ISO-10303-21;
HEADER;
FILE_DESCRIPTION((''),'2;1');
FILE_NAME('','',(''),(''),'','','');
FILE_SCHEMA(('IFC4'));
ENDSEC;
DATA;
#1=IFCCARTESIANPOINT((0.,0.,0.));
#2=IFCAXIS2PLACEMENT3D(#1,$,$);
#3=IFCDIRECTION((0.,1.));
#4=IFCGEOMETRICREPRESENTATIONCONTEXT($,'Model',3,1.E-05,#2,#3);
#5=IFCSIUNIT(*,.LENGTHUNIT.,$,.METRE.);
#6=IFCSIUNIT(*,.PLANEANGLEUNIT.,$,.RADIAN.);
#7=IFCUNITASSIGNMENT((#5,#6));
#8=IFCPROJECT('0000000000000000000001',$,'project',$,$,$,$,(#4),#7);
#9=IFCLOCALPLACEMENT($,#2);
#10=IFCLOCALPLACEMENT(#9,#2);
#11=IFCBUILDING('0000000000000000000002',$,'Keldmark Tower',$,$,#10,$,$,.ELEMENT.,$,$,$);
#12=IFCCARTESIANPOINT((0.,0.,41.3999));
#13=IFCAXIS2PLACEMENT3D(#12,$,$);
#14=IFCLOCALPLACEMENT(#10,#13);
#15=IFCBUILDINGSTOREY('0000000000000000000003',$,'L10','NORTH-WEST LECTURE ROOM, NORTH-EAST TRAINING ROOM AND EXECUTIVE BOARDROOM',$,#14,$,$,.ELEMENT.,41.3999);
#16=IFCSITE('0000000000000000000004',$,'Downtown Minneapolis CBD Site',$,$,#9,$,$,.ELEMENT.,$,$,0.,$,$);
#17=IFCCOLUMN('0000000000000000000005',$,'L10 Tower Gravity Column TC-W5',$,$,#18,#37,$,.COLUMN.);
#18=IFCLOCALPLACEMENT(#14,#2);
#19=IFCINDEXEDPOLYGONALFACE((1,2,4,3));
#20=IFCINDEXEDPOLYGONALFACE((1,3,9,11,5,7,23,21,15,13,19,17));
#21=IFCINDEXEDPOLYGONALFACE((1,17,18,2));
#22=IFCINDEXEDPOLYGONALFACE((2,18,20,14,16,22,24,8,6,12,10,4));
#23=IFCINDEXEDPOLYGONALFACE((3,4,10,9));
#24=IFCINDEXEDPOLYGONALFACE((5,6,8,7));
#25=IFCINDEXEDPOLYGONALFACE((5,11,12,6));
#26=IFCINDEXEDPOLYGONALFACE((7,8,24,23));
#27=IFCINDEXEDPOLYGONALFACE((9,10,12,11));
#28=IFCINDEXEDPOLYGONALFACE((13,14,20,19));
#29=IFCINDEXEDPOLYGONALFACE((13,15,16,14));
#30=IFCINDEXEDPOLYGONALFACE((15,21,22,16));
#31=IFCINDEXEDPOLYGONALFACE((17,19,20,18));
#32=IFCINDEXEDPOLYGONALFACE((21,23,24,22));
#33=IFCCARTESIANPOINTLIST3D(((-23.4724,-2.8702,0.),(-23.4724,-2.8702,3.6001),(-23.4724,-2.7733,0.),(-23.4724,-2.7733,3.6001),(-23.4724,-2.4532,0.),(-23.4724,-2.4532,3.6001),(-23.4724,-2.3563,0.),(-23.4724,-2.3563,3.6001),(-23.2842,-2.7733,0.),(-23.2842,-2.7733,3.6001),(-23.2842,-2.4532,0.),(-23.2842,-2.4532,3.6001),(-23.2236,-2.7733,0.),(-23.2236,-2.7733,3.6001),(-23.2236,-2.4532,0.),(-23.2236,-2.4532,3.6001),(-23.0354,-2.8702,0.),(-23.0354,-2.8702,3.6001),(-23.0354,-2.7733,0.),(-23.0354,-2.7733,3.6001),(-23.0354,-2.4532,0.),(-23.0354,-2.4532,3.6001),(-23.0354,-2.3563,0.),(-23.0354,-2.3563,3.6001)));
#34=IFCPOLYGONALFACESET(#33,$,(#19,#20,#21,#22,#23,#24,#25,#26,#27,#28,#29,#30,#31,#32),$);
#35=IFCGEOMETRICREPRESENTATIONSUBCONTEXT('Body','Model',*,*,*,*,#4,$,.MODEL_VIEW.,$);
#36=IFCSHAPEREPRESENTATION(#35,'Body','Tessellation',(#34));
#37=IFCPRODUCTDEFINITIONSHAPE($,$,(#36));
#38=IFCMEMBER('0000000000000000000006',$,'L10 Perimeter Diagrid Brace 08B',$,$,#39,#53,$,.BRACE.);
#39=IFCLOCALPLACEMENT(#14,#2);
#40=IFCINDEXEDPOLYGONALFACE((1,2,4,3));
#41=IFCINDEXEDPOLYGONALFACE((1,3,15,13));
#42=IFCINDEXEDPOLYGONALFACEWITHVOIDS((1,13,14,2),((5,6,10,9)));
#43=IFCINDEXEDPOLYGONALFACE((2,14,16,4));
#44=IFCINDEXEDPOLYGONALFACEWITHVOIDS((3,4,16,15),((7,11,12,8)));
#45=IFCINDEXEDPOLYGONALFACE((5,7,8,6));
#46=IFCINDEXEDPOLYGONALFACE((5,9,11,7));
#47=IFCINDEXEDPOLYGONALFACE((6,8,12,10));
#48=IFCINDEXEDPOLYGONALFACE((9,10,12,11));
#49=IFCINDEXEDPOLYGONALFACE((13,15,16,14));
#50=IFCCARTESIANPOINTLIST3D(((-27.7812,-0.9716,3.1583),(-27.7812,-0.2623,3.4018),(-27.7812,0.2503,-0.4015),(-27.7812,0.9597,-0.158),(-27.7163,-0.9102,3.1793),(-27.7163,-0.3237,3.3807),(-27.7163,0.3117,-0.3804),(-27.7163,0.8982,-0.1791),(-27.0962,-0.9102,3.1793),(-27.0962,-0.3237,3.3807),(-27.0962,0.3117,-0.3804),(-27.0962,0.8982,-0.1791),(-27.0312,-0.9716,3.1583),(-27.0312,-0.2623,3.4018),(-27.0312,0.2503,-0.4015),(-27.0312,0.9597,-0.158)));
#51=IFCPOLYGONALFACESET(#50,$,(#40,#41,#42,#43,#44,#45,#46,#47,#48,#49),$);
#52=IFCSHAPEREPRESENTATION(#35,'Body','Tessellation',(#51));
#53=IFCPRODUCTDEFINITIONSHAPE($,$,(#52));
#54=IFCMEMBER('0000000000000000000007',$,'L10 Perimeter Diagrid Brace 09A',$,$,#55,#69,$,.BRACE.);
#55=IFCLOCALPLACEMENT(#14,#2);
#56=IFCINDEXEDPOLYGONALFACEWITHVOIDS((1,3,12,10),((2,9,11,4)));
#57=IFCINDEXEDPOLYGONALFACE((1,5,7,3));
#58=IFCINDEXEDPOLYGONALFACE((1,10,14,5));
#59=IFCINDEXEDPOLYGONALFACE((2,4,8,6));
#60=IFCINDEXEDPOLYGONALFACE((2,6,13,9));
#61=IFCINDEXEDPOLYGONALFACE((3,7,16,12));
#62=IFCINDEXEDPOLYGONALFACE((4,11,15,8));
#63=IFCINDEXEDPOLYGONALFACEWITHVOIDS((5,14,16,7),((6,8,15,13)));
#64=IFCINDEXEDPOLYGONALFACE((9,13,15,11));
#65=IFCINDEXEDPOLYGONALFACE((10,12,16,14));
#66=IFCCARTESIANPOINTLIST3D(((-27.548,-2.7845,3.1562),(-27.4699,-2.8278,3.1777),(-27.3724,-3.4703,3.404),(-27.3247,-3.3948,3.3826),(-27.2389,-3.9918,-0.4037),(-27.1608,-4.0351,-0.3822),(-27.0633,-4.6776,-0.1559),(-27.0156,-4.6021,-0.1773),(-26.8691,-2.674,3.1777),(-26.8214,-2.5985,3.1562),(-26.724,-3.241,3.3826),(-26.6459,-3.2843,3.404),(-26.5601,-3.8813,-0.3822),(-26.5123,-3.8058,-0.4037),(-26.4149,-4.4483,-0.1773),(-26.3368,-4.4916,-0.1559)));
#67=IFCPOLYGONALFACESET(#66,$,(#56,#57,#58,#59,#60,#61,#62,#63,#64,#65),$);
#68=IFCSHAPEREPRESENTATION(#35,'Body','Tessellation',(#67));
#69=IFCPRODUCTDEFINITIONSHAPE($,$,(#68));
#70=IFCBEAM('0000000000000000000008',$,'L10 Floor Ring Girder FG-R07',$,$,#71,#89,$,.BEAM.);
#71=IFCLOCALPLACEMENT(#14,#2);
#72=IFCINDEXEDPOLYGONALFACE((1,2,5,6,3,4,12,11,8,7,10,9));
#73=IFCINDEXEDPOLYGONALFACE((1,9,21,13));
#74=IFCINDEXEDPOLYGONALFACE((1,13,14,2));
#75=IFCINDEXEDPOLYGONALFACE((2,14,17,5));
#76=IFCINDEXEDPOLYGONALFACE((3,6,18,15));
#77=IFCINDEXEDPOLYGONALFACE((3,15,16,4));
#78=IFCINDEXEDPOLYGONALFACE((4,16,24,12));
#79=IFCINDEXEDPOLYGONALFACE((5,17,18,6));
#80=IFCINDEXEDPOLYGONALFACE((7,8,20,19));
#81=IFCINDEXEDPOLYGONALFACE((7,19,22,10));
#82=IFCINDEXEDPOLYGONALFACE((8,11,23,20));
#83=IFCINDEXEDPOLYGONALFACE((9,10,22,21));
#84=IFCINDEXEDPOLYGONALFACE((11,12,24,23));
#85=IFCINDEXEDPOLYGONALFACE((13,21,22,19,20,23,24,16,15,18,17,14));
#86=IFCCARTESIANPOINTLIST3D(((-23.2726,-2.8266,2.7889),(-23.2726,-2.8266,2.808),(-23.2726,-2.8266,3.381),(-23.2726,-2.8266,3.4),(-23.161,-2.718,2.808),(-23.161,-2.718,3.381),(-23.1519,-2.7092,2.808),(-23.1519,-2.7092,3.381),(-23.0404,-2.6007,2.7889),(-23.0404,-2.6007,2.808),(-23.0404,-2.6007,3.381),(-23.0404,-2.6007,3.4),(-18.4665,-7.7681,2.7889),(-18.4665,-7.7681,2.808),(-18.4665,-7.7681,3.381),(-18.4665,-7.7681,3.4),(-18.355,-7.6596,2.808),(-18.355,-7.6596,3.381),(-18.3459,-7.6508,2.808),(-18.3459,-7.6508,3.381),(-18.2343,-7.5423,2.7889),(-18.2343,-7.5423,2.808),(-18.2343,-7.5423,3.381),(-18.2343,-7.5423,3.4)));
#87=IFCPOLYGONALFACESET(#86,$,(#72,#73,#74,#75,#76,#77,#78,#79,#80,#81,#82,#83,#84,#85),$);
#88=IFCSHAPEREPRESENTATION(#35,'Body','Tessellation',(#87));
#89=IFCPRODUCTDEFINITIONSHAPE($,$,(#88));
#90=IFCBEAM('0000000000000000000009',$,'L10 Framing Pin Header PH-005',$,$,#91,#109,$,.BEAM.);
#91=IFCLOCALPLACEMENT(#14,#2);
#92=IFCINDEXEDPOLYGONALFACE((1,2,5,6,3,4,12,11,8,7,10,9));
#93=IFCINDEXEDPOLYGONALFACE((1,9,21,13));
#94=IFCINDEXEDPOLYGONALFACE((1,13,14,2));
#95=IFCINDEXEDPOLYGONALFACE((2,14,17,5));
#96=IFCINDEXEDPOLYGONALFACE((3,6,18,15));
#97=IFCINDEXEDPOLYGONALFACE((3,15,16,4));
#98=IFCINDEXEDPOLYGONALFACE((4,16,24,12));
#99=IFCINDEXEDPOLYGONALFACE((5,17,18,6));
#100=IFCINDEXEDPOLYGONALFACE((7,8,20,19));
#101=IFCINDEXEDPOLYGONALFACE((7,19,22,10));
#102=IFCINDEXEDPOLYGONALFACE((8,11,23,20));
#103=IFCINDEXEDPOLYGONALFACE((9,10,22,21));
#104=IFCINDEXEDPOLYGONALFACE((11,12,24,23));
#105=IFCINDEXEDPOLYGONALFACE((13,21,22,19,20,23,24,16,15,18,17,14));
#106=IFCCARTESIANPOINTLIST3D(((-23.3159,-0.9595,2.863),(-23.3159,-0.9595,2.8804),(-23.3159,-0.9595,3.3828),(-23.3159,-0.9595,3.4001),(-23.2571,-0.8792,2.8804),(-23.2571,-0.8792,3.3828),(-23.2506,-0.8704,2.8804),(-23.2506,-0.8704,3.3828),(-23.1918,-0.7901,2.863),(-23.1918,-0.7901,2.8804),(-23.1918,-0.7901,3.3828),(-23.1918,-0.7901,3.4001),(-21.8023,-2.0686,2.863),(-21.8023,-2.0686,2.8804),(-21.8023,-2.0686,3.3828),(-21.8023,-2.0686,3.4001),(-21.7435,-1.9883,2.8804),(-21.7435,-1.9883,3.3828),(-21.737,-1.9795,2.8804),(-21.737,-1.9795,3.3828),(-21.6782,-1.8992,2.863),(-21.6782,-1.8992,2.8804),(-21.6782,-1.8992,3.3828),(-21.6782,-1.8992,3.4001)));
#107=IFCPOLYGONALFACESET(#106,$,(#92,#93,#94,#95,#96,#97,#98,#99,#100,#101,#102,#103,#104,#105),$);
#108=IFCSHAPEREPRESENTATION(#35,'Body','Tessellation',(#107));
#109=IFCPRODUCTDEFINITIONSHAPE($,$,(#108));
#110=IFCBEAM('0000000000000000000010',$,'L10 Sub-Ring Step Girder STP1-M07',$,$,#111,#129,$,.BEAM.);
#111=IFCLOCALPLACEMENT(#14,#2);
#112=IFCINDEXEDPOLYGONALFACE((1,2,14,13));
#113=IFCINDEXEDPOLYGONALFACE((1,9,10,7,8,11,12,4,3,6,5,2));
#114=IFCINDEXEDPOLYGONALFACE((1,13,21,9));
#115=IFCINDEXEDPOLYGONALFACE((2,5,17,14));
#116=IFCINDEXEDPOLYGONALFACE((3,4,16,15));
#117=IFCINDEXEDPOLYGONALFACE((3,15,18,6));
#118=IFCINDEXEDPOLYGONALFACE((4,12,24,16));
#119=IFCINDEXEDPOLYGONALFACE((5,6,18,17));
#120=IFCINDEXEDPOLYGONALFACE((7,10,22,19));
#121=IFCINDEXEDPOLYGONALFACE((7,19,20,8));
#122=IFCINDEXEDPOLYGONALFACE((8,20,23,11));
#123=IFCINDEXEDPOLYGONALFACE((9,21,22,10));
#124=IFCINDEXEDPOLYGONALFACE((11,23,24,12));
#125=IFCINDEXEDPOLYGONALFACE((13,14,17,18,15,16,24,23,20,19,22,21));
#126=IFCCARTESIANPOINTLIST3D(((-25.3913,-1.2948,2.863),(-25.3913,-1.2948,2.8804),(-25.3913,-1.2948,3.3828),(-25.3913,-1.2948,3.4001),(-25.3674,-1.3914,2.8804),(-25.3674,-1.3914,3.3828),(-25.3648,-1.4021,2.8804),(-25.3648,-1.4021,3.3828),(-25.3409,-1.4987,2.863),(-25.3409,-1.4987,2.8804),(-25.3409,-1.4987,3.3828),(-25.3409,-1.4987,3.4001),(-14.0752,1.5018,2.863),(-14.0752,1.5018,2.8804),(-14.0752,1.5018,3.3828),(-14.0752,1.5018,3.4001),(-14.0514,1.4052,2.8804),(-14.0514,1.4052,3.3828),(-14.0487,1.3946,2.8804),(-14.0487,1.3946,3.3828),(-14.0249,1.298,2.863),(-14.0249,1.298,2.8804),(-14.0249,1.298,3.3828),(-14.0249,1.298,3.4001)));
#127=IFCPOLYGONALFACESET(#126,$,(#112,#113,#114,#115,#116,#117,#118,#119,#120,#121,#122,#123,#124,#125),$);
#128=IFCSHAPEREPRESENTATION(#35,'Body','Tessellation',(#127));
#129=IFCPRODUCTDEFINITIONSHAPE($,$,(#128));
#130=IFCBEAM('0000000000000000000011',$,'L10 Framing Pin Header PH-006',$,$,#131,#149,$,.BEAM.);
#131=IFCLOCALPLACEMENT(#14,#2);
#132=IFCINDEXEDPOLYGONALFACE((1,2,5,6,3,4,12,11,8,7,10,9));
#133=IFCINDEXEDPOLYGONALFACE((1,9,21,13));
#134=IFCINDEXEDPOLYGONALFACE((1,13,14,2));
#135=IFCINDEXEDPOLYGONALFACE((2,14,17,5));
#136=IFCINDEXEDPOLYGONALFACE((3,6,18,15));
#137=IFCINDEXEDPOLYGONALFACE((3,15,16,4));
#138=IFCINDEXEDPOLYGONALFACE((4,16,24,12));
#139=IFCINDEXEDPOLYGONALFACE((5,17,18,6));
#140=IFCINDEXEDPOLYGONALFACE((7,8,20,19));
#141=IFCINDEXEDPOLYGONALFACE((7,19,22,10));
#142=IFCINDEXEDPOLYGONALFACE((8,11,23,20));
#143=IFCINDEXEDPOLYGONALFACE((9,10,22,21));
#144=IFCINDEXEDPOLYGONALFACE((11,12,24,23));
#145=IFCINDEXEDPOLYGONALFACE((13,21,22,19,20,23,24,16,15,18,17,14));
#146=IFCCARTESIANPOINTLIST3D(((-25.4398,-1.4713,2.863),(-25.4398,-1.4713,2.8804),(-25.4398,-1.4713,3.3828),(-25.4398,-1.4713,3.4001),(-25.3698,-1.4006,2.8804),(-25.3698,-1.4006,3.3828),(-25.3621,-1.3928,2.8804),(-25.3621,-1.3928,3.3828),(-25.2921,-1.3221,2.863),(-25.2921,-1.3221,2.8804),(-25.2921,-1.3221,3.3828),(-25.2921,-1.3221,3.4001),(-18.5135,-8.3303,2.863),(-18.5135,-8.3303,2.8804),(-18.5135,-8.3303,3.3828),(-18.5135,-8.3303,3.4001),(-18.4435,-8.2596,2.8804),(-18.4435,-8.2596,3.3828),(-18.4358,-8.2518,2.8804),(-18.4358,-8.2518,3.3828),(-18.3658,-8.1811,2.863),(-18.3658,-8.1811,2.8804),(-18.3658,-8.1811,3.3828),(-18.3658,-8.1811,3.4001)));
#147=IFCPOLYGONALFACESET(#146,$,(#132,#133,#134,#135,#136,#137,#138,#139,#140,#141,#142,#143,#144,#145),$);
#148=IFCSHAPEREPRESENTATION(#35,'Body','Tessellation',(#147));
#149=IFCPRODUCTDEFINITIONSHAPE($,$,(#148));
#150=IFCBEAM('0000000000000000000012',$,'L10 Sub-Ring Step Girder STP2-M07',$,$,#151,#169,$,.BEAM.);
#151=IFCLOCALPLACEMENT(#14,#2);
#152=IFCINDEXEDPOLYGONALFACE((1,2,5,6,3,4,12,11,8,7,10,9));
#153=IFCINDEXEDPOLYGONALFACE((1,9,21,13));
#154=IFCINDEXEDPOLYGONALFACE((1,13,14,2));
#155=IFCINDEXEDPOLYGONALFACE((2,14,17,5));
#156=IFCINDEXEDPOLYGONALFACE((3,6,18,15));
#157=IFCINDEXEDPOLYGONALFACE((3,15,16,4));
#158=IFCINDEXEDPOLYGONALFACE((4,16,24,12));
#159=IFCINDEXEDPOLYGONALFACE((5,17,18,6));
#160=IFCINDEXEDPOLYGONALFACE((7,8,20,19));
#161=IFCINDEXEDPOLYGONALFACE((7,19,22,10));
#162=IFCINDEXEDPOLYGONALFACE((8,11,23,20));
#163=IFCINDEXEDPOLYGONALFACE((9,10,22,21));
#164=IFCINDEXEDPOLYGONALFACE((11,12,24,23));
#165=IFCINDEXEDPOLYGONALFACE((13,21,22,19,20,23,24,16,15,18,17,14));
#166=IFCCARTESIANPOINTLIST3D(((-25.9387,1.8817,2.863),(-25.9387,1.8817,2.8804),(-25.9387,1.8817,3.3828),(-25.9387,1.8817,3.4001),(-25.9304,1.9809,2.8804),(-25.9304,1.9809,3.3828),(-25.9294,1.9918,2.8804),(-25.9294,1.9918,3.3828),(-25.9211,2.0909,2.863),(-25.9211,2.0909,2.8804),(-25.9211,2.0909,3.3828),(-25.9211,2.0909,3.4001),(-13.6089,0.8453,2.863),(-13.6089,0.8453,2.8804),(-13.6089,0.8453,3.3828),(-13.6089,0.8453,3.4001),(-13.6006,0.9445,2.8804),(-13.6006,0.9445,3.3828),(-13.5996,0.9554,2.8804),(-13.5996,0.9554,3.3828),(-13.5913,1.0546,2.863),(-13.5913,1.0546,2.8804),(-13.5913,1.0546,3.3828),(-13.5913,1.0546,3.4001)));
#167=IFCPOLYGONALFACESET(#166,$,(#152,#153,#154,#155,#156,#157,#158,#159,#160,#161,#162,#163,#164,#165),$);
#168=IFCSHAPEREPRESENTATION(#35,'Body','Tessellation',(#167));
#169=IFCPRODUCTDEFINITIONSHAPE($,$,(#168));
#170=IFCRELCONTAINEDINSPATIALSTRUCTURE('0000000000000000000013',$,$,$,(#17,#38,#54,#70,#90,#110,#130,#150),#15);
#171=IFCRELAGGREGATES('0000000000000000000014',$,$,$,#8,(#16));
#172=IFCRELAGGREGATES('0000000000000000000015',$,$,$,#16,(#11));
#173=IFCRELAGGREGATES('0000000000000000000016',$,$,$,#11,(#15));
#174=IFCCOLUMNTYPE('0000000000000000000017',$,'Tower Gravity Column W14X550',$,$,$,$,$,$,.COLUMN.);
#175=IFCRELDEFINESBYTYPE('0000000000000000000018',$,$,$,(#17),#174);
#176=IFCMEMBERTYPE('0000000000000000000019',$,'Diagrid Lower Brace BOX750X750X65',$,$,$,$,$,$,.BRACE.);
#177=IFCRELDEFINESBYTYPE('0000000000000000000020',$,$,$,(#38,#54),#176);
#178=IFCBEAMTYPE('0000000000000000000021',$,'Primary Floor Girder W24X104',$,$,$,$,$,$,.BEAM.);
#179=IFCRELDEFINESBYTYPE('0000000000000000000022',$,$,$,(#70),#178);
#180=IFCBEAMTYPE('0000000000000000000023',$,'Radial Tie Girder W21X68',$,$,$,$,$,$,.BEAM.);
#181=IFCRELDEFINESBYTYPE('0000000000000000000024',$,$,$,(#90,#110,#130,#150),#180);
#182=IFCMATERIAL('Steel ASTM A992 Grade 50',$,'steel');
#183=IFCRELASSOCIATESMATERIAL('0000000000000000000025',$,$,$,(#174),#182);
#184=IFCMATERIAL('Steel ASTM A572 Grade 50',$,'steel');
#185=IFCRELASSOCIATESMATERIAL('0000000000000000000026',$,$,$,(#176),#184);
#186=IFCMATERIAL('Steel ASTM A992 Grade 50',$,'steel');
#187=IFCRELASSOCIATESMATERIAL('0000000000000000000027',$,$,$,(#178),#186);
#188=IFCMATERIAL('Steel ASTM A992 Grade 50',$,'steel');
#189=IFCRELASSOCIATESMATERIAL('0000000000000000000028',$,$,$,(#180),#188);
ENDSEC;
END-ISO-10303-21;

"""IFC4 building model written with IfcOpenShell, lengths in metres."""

from ifc_helpers import new_model, si_unit, direction, frame, origin, origin_2d, place, context, subcontext, project, spatial, hollow_rectangle, i_section, extrude, material, material_profile, profile_set, type_object, element, save


model = new_model("IFC4")

# Units and contexts
model_context = context("Model", 3, precision=1e-05, world=origin(), true_north=direction((0.0, 1.0)))
body_context = subcontext(model_context, "Body", "Model", "MODEL_VIEW")
ifc_project = project(units=[si_unit("LENGTHUNIT", "METRE"), si_unit("PLANEANGLEUNIT", "RADIAN")], contexts=[model_context])

# Site, building, storey
site_placement = place(None, origin())
site = spatial("IfcSite", under=ifc_project, at=site_placement, Name="Downtown Minneapolis CBD Site", CompositionType="ELEMENT", RefElevation=0.0)
building_placement = place(site_placement, origin())
building = spatial("IfcBuilding", under=site, at=building_placement, Name="Keldmark Tower", CompositionType="ELEMENT")
storey_placement = place(building_placement, frame((0.0, 0.0, 41.3999)))
storey = spatial("IfcBuildingStorey", under=building, at=storey_placement, Name="L10", Description="NORTH-WEST LECTURE ROOM, NORTH-EAST TRAINING ROOM AND EXECUTIVE BOARDROOM", CompositionType="ELEMENT", Elevation=41.3999)

# Column
ifc_material_1 = material(Name="Steel ASTM A992 Grade 50", Category="steel")
ifc_material_profile_1 = material_profile(ifc_material_1, i_section(OverallWidth=0.437, OverallDepth=0.5139, WebThickness=0.0605, FlangeThickness=0.0969, at=origin_2d()), Name="W14X550")
ifc_profile_set_1 = profile_set([ifc_material_profile_1], Name="Steel ASTM A992 Grade 50")
column_type = type_object("IfcColumnType", Name="Tower Gravity Column W14X550", PredefinedType="COLUMN", material=ifc_profile_set_1)
column_placement = place(storey_placement, frame((-23.2539, -2.6133, 0.0), z_axis=(0.0, 0.0, 1.0), x_axis=(1.0, 0.0, 0.0)))
element("IfcColumn", 1, at=column_placement, inside=storey, type_object=column_type, Name="L10 Tower Gravity Column TC-W5", PredefinedType="COLUMN", context=body_context, shape_type="SweptSolid", body=[
    extrude(i_section(OverallWidth=0.437, OverallDepth=0.5139, WebThickness=0.0605, FlangeThickness=0.0969, at=origin_2d()), origin(), (0.0, 0.0, 1.0), 3.6001),
])

# Members
ifc_material_2 = material(Name="Steel ASTM A572 Grade 50", Category="steel")
ifc_material_profile_2 = material_profile(ifc_material_2, hollow_rectangle(XDim=0.75, YDim=0.75, WallThickness=0.0649, at=origin_2d()), Name="BOX750X750X65")
ifc_profile_set_2 = profile_set([ifc_material_profile_2], Name="Steel ASTM A572 Grade 50")
member_type = type_object("IfcMemberType", Name="Diagrid Lower Brace BOX750X750X65", PredefinedType="BRACE", material=ifc_profile_set_2)
member_1_placement = place(storey_placement, frame((-27.4062, 0.605, -0.2798), z_axis=(0.0, -0.324661, 0.94583), x_axis=(1.0, 0.0, 0.0)))
element("IfcMember", 2, at=member_1_placement, inside=storey, type_object=member_type, Name="L10 Perimeter Diagrid Brace 08B", PredefinedType="BRACE", context=body_context, shape_type="SweptSolid", body=[
    extrude(hollow_rectangle(XDim=0.75, YDim=0.75, WallThickness=0.0649, at=origin_2d()), origin(), (0.0, 0.0, 1.0), 3.7637),
])
member_2_placement = place(storey_placement, frame((-26.7878, -4.2417, -0.2798), z_axis=(-0.081949, 0.320092, 0.943835), x_axis=(-0.968756, -0.248017, 0.0)))
element("IfcMember", 3, at=member_2_placement, inside=storey, type_object=member_type, Name="L10 Perimeter Diagrid Brace 09A", PredefinedType="BRACE", context=body_context, shape_type="SweptSolid", body=[
    extrude(hollow_rectangle(XDim=0.75, YDim=0.75, WallThickness=0.0649, at=origin_2d()), origin(), (0.0, 0.0, 1.0), 3.7717),
])

# Beams
ifc_material_3 = material(Name="Steel ASTM A992 Grade 50", Category="steel")
ifc_material_profile_3 = material_profile(ifc_material_3, i_section(OverallWidth=0.324, OverallDepth=0.6111, WebThickness=0.0127, FlangeThickness=0.019, at=origin_2d()), Name="W24X104")
ifc_profile_set_3 = profile_set([ifc_material_profile_3], Name="Steel ASTM A992 Grade 50")
beam_type_1 = type_object("IfcBeamType", Name="Primary Floor Girder W24X104", PredefinedType="BEAM", material=ifc_profile_set_3)
beam_1_placement = place(storey_placement, frame((-23.1565, -2.7136, 3.0945), z_axis=(0.69721, -0.716867, 0.0), x_axis=(0.716867, 0.69721, 0.0)))
element("IfcBeam", 4, at=beam_1_placement, inside=storey, type_object=beam_type_1, Name="L10 Floor Ring Girder FG-R07", PredefinedType="BEAM", context=body_context, shape_type="SweptSolid", body=[
    extrude(i_section(OverallWidth=0.324, OverallDepth=0.6111, WebThickness=0.0127, FlangeThickness=0.019, at=origin_2d()), origin(), (0.0, 0.0, 1.0), 6.8933),
])
ifc_material_4 = material(Name="Steel ASTM A992 Grade 50", Category="steel")
ifc_material_profile_4 = material_profile(ifc_material_4, i_section(OverallWidth=0.21, OverallDepth=0.5371, WebThickness=0.011, FlangeThickness=0.0173, at=origin_2d()), Name="W21X68")
ifc_profile_set_4 = profile_set([ifc_material_profile_4], Name="Steel ASTM A992 Grade 50")
beam_type_2 = type_object("IfcBeamType", Name="Radial Tie Girder W21X68", PredefinedType="BEAM", material=ifc_profile_set_4)
beam_2_placement = place(storey_placement, frame((-21.7402, -1.9839, 3.1316), z_axis=(-0.806632, 0.591053, 0.0), x_axis=(-0.591053, -0.806632, 0.0)))
element("IfcBeam", 5, at=beam_2_placement, inside=storey, type_object=beam_type_2, Name="L10 Framing Pin Header PH-005", PredefinedType="BEAM", context=body_context, shape_type="SweptSolid", body=[
    extrude(i_section(OverallWidth=0.21, OverallDepth=0.5371, WebThickness=0.011, FlangeThickness=0.0173, at=origin_2d()), origin(), (0.0, 0.0, 1.0), 1.8765),
])
beam_3_placement = place(storey_placement, frame((-14.05, 1.3999, 3.1316), z_axis=(-0.970792, -0.239923, 0.0), x_axis=(0.239923, -0.970792, 0.0)))
element("IfcBeam", 6, at=beam_3_placement, inside=storey, type_object=beam_type_2, Name="L10 Sub-Ring Step Girder STP1-M07", PredefinedType="BEAM", context=body_context, shape_type="SweptSolid", body=[
    extrude(i_section(OverallWidth=0.21, OverallDepth=0.5371, WebThickness=0.011, FlangeThickness=0.0173, at=origin_2d()), origin(), (0.0, 0.0, 1.0), 11.6565),
])
beam_4_placement = place(storey_placement, frame((-25.366, -1.3967, 3.1316), z_axis=(0.710555, -0.703642, 0.0), x_axis=(0.703642, 0.710555, 0.0)))
element("IfcBeam", 7, at=beam_4_placement, inside=storey, type_object=beam_type_2, Name="L10 Framing Pin Header PH-006", PredefinedType="BEAM", context=body_context, shape_type="SweptSolid", body=[
    extrude(i_section(OverallWidth=0.21, OverallDepth=0.5371, WebThickness=0.011, FlangeThickness=0.0173, at=origin_2d()), origin(), (0.0, 0.0, 1.0), 9.7478),
])
beam_5_placement = place(storey_placement, frame((-13.6001, 0.95, 3.1316), z_axis=(-0.996486, 0.083759, 0.0), x_axis=(-0.083759, -0.996486, 0.0)))
element("IfcBeam", 8, at=beam_5_placement, inside=storey, type_object=beam_type_2, Name="L10 Sub-Ring Step Girder STP2-M07", PredefinedType="BEAM", context=body_context, shape_type="SweptSolid", body=[
    extrude(i_section(OverallWidth=0.21, OverallDepth=0.5371, WebThickness=0.011, FlangeThickness=0.0173, at=origin_2d()), origin(), (0.0, 0.0, 1.0), 12.3733),
])

save(model, "model.ifc")
